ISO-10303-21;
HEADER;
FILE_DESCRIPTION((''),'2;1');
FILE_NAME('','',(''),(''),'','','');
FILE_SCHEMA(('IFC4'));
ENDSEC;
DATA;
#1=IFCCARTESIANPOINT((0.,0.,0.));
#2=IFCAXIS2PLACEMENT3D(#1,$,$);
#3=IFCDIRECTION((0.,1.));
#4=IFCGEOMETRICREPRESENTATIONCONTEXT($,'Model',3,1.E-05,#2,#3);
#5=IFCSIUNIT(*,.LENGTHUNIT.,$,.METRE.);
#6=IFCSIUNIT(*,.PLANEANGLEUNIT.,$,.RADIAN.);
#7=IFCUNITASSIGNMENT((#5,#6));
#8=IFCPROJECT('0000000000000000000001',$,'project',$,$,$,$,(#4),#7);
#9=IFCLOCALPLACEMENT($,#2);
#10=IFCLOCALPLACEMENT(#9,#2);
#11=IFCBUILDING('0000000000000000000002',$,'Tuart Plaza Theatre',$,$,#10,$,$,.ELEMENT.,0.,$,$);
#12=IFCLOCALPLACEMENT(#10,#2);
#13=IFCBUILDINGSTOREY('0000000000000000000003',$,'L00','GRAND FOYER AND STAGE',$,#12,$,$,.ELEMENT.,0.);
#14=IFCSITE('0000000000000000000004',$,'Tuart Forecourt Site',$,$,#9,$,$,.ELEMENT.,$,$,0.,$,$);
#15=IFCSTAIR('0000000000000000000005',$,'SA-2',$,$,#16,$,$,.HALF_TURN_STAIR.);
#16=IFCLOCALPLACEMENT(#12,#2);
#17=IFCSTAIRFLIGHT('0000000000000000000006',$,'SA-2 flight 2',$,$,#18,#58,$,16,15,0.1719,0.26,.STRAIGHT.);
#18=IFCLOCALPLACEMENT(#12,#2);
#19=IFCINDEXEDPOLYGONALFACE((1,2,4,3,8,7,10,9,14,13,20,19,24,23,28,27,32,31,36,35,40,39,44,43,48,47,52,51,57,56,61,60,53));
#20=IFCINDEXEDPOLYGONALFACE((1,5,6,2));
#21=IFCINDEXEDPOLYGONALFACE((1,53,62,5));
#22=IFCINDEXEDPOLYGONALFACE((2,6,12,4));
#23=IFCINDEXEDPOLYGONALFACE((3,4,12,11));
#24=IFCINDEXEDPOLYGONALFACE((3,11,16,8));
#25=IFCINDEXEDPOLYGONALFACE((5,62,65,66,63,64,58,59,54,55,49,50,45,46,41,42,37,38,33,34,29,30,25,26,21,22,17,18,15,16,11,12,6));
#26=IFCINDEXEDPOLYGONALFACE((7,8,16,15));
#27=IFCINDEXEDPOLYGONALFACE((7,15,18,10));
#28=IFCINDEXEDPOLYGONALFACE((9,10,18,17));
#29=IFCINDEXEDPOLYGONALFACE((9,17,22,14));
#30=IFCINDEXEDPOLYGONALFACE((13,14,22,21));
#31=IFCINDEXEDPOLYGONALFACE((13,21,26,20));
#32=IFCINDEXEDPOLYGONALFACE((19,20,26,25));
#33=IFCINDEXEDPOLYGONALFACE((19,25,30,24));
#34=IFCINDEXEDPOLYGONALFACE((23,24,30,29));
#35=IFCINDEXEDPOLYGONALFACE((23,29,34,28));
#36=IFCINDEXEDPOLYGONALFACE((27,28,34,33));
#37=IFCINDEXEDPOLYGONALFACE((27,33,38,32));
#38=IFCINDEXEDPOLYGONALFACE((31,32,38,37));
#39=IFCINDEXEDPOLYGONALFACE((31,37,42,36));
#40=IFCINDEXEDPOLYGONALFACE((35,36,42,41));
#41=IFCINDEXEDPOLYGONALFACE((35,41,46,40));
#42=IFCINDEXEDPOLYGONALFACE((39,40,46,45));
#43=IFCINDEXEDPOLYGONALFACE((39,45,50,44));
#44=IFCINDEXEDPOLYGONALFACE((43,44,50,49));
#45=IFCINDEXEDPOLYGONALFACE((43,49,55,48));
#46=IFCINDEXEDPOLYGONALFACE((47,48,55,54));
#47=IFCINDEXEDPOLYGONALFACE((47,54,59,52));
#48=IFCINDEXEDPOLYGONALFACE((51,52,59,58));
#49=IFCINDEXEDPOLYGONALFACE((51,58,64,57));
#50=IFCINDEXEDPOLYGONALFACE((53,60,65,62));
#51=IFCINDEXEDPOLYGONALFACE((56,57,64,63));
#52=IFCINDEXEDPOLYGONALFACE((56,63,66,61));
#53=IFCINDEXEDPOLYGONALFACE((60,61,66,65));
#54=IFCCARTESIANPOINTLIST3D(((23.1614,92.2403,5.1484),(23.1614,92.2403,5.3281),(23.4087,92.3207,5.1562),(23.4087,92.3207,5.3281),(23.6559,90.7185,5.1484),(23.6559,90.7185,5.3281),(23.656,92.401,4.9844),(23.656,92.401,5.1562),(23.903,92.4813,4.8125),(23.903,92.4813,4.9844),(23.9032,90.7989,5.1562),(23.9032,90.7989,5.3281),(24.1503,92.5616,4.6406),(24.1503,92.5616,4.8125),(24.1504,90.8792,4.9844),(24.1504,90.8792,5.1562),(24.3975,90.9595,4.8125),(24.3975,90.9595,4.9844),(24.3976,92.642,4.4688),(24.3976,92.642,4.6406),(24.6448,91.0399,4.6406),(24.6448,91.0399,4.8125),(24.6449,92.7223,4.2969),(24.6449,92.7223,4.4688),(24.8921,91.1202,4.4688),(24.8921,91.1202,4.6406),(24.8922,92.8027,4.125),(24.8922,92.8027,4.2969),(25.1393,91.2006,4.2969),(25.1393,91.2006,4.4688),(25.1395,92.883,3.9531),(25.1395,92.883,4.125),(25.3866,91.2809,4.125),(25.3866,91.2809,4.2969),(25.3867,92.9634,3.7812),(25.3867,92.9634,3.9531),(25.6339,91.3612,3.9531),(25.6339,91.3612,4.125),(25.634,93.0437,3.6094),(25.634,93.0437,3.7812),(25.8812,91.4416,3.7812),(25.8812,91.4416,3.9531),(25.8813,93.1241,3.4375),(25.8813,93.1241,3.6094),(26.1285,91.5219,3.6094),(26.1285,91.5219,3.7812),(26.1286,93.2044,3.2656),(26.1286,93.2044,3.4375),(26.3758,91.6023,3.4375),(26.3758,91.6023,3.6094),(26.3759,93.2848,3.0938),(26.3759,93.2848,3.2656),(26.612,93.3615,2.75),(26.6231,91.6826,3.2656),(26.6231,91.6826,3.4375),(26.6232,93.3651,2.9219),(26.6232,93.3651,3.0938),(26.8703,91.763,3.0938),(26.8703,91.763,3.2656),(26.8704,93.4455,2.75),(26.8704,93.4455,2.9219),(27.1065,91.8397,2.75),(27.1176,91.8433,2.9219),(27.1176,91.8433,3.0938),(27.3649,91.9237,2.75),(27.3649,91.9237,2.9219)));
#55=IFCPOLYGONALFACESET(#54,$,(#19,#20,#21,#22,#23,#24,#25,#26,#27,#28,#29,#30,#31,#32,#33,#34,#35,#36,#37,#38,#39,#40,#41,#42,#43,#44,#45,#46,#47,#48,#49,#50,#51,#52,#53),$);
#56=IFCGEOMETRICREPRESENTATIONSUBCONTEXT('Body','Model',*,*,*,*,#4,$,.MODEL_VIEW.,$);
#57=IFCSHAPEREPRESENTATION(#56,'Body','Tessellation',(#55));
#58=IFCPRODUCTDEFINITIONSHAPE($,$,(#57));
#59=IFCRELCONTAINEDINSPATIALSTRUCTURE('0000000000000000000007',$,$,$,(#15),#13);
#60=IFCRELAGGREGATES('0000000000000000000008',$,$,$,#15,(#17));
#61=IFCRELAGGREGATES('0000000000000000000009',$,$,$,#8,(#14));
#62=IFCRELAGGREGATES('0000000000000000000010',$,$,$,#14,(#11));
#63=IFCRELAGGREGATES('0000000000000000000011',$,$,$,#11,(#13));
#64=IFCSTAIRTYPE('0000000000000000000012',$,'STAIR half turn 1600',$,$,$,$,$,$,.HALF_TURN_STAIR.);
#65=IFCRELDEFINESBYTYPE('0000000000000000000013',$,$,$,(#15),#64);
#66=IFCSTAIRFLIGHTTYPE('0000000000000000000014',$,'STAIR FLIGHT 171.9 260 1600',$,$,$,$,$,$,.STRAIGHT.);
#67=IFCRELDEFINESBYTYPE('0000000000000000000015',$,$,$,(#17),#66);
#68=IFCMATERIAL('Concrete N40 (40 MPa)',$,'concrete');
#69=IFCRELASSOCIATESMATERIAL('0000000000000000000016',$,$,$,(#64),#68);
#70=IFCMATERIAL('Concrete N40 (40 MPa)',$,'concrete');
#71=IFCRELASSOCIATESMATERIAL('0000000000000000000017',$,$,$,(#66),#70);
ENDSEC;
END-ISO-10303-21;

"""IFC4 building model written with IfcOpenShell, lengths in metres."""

from ifc_helpers import new_model, si_unit, direction, frame, origin, place, context, subcontext, project, spatial, polyline, outline, extrude, material, type_object, element, aggregate, save


model = new_model("IFC4")

# Units and contexts
model_context = context("Model", 3, precision=1e-05, world=origin(), true_north=direction((0.0, 1.0)))
body_context = subcontext(model_context, "Body", "Model", "MODEL_VIEW")
ifc_project = project(units=[si_unit("LENGTHUNIT", "METRE"), si_unit("PLANEANGLEUNIT", "RADIAN")], contexts=[model_context])

# Site, building, storey
site_placement = place(None, origin())
site = spatial("IfcSite", under=ifc_project, at=site_placement, Name="Tuart Forecourt Site", CompositionType="ELEMENT", RefElevation=0.0)
building_placement = place(site_placement, origin())
building = spatial("IfcBuilding", under=site, at=building_placement, Name="Tuart Plaza Theatre", CompositionType="ELEMENT", ElevationOfRefHeight=0.0)
storey_placement = place(building_placement, origin())
storey = spatial("IfcBuildingStorey", under=building, at=storey_placement, Name="L00", Description="GRAND FOYER AND STAGE", CompositionType="ELEMENT", Elevation=0.0)

# Stair, stair flight
ifc_material_1 = material(Name="Concrete N40 (40 MPa)", Category="concrete")
stair_type = type_object("IfcStairType", Name="STAIR half turn 1600", PredefinedType="HALF_TURN_STAIR", material=ifc_material_1)
stair_placement = place(storey_placement, origin())
stair = element("IfcStair", 1, at=stair_placement, inside=storey, type_object=stair_type, Name="SA-2", PredefinedType="HALF_TURN_STAIR")
ifc_material_2 = material(Name="Concrete N40 (40 MPa)", Category="concrete")
stair_flight_type = type_object("IfcStairFlightType", Name="STAIR FLIGHT 171.9 260 1600", PredefinedType="STRAIGHT", material=ifc_material_2)
stair_flight_1_placement = place(storey_placement, frame((27.1177, 92.6846, 2.75), z_axis=(0.0, 0.0, 1.0), x_axis=(-0.951057, -0.309017, 0.0)))
stair_flight_1 = element("IfcStairFlight", 2, at=stair_flight_1_placement, type_object=stair_flight_type, Name="SA-2 flight 2", NumberOfRisers=16, NumberOfTreads=15, PredefinedType="STRAIGHT", RiserHeight=0.1719, TreadLength=0.26, context=body_context, shape_type="SweptSolid", body=[
    extrude(outline(polyline([(0.0, 0.0), (0.0, 0.1719), (0.26, 0.1719), (0.26, 0.3438), (0.52, 0.3438), (0.52, 0.5156), (0.78, 0.5156), (0.78, 0.6875), (1.04, 0.6875), (1.04, 0.8594), (1.3, 0.8594), (1.3, 1.0312), (1.5601, 1.0312), (1.5601, 1.2031), (1.8201, 1.2031), (1.8201, 1.375), (2.0801, 1.375), (2.0801, 1.5469), (2.3401, 1.5469), (2.3401, 1.7188), (2.6001, 1.7188), (2.6001, 1.8906), (2.8601, 1.8906), (2.8601, 2.0625), (3.1201, 2.0625), (3.1201, 2.2344), (3.3799, 2.2344), (3.3799, 2.4062), (3.6399, 2.4062), (3.6399, 2.5781), (3.8999, 2.5781), (3.8999, 2.75), (3.8999, 2.3984), (0.2717, 0.0), (0.0, 0.0)])), frame((0.0, 0.8, 0.0), z_axis=(0.0, -1.0, 0.0), x_axis=(1.0, 0.0, 0.0)), (0.0, 0.0, 1.0), 1.6001),
])
aggregate(stair, [stair_flight_1])

save(model, "model.ifc")
